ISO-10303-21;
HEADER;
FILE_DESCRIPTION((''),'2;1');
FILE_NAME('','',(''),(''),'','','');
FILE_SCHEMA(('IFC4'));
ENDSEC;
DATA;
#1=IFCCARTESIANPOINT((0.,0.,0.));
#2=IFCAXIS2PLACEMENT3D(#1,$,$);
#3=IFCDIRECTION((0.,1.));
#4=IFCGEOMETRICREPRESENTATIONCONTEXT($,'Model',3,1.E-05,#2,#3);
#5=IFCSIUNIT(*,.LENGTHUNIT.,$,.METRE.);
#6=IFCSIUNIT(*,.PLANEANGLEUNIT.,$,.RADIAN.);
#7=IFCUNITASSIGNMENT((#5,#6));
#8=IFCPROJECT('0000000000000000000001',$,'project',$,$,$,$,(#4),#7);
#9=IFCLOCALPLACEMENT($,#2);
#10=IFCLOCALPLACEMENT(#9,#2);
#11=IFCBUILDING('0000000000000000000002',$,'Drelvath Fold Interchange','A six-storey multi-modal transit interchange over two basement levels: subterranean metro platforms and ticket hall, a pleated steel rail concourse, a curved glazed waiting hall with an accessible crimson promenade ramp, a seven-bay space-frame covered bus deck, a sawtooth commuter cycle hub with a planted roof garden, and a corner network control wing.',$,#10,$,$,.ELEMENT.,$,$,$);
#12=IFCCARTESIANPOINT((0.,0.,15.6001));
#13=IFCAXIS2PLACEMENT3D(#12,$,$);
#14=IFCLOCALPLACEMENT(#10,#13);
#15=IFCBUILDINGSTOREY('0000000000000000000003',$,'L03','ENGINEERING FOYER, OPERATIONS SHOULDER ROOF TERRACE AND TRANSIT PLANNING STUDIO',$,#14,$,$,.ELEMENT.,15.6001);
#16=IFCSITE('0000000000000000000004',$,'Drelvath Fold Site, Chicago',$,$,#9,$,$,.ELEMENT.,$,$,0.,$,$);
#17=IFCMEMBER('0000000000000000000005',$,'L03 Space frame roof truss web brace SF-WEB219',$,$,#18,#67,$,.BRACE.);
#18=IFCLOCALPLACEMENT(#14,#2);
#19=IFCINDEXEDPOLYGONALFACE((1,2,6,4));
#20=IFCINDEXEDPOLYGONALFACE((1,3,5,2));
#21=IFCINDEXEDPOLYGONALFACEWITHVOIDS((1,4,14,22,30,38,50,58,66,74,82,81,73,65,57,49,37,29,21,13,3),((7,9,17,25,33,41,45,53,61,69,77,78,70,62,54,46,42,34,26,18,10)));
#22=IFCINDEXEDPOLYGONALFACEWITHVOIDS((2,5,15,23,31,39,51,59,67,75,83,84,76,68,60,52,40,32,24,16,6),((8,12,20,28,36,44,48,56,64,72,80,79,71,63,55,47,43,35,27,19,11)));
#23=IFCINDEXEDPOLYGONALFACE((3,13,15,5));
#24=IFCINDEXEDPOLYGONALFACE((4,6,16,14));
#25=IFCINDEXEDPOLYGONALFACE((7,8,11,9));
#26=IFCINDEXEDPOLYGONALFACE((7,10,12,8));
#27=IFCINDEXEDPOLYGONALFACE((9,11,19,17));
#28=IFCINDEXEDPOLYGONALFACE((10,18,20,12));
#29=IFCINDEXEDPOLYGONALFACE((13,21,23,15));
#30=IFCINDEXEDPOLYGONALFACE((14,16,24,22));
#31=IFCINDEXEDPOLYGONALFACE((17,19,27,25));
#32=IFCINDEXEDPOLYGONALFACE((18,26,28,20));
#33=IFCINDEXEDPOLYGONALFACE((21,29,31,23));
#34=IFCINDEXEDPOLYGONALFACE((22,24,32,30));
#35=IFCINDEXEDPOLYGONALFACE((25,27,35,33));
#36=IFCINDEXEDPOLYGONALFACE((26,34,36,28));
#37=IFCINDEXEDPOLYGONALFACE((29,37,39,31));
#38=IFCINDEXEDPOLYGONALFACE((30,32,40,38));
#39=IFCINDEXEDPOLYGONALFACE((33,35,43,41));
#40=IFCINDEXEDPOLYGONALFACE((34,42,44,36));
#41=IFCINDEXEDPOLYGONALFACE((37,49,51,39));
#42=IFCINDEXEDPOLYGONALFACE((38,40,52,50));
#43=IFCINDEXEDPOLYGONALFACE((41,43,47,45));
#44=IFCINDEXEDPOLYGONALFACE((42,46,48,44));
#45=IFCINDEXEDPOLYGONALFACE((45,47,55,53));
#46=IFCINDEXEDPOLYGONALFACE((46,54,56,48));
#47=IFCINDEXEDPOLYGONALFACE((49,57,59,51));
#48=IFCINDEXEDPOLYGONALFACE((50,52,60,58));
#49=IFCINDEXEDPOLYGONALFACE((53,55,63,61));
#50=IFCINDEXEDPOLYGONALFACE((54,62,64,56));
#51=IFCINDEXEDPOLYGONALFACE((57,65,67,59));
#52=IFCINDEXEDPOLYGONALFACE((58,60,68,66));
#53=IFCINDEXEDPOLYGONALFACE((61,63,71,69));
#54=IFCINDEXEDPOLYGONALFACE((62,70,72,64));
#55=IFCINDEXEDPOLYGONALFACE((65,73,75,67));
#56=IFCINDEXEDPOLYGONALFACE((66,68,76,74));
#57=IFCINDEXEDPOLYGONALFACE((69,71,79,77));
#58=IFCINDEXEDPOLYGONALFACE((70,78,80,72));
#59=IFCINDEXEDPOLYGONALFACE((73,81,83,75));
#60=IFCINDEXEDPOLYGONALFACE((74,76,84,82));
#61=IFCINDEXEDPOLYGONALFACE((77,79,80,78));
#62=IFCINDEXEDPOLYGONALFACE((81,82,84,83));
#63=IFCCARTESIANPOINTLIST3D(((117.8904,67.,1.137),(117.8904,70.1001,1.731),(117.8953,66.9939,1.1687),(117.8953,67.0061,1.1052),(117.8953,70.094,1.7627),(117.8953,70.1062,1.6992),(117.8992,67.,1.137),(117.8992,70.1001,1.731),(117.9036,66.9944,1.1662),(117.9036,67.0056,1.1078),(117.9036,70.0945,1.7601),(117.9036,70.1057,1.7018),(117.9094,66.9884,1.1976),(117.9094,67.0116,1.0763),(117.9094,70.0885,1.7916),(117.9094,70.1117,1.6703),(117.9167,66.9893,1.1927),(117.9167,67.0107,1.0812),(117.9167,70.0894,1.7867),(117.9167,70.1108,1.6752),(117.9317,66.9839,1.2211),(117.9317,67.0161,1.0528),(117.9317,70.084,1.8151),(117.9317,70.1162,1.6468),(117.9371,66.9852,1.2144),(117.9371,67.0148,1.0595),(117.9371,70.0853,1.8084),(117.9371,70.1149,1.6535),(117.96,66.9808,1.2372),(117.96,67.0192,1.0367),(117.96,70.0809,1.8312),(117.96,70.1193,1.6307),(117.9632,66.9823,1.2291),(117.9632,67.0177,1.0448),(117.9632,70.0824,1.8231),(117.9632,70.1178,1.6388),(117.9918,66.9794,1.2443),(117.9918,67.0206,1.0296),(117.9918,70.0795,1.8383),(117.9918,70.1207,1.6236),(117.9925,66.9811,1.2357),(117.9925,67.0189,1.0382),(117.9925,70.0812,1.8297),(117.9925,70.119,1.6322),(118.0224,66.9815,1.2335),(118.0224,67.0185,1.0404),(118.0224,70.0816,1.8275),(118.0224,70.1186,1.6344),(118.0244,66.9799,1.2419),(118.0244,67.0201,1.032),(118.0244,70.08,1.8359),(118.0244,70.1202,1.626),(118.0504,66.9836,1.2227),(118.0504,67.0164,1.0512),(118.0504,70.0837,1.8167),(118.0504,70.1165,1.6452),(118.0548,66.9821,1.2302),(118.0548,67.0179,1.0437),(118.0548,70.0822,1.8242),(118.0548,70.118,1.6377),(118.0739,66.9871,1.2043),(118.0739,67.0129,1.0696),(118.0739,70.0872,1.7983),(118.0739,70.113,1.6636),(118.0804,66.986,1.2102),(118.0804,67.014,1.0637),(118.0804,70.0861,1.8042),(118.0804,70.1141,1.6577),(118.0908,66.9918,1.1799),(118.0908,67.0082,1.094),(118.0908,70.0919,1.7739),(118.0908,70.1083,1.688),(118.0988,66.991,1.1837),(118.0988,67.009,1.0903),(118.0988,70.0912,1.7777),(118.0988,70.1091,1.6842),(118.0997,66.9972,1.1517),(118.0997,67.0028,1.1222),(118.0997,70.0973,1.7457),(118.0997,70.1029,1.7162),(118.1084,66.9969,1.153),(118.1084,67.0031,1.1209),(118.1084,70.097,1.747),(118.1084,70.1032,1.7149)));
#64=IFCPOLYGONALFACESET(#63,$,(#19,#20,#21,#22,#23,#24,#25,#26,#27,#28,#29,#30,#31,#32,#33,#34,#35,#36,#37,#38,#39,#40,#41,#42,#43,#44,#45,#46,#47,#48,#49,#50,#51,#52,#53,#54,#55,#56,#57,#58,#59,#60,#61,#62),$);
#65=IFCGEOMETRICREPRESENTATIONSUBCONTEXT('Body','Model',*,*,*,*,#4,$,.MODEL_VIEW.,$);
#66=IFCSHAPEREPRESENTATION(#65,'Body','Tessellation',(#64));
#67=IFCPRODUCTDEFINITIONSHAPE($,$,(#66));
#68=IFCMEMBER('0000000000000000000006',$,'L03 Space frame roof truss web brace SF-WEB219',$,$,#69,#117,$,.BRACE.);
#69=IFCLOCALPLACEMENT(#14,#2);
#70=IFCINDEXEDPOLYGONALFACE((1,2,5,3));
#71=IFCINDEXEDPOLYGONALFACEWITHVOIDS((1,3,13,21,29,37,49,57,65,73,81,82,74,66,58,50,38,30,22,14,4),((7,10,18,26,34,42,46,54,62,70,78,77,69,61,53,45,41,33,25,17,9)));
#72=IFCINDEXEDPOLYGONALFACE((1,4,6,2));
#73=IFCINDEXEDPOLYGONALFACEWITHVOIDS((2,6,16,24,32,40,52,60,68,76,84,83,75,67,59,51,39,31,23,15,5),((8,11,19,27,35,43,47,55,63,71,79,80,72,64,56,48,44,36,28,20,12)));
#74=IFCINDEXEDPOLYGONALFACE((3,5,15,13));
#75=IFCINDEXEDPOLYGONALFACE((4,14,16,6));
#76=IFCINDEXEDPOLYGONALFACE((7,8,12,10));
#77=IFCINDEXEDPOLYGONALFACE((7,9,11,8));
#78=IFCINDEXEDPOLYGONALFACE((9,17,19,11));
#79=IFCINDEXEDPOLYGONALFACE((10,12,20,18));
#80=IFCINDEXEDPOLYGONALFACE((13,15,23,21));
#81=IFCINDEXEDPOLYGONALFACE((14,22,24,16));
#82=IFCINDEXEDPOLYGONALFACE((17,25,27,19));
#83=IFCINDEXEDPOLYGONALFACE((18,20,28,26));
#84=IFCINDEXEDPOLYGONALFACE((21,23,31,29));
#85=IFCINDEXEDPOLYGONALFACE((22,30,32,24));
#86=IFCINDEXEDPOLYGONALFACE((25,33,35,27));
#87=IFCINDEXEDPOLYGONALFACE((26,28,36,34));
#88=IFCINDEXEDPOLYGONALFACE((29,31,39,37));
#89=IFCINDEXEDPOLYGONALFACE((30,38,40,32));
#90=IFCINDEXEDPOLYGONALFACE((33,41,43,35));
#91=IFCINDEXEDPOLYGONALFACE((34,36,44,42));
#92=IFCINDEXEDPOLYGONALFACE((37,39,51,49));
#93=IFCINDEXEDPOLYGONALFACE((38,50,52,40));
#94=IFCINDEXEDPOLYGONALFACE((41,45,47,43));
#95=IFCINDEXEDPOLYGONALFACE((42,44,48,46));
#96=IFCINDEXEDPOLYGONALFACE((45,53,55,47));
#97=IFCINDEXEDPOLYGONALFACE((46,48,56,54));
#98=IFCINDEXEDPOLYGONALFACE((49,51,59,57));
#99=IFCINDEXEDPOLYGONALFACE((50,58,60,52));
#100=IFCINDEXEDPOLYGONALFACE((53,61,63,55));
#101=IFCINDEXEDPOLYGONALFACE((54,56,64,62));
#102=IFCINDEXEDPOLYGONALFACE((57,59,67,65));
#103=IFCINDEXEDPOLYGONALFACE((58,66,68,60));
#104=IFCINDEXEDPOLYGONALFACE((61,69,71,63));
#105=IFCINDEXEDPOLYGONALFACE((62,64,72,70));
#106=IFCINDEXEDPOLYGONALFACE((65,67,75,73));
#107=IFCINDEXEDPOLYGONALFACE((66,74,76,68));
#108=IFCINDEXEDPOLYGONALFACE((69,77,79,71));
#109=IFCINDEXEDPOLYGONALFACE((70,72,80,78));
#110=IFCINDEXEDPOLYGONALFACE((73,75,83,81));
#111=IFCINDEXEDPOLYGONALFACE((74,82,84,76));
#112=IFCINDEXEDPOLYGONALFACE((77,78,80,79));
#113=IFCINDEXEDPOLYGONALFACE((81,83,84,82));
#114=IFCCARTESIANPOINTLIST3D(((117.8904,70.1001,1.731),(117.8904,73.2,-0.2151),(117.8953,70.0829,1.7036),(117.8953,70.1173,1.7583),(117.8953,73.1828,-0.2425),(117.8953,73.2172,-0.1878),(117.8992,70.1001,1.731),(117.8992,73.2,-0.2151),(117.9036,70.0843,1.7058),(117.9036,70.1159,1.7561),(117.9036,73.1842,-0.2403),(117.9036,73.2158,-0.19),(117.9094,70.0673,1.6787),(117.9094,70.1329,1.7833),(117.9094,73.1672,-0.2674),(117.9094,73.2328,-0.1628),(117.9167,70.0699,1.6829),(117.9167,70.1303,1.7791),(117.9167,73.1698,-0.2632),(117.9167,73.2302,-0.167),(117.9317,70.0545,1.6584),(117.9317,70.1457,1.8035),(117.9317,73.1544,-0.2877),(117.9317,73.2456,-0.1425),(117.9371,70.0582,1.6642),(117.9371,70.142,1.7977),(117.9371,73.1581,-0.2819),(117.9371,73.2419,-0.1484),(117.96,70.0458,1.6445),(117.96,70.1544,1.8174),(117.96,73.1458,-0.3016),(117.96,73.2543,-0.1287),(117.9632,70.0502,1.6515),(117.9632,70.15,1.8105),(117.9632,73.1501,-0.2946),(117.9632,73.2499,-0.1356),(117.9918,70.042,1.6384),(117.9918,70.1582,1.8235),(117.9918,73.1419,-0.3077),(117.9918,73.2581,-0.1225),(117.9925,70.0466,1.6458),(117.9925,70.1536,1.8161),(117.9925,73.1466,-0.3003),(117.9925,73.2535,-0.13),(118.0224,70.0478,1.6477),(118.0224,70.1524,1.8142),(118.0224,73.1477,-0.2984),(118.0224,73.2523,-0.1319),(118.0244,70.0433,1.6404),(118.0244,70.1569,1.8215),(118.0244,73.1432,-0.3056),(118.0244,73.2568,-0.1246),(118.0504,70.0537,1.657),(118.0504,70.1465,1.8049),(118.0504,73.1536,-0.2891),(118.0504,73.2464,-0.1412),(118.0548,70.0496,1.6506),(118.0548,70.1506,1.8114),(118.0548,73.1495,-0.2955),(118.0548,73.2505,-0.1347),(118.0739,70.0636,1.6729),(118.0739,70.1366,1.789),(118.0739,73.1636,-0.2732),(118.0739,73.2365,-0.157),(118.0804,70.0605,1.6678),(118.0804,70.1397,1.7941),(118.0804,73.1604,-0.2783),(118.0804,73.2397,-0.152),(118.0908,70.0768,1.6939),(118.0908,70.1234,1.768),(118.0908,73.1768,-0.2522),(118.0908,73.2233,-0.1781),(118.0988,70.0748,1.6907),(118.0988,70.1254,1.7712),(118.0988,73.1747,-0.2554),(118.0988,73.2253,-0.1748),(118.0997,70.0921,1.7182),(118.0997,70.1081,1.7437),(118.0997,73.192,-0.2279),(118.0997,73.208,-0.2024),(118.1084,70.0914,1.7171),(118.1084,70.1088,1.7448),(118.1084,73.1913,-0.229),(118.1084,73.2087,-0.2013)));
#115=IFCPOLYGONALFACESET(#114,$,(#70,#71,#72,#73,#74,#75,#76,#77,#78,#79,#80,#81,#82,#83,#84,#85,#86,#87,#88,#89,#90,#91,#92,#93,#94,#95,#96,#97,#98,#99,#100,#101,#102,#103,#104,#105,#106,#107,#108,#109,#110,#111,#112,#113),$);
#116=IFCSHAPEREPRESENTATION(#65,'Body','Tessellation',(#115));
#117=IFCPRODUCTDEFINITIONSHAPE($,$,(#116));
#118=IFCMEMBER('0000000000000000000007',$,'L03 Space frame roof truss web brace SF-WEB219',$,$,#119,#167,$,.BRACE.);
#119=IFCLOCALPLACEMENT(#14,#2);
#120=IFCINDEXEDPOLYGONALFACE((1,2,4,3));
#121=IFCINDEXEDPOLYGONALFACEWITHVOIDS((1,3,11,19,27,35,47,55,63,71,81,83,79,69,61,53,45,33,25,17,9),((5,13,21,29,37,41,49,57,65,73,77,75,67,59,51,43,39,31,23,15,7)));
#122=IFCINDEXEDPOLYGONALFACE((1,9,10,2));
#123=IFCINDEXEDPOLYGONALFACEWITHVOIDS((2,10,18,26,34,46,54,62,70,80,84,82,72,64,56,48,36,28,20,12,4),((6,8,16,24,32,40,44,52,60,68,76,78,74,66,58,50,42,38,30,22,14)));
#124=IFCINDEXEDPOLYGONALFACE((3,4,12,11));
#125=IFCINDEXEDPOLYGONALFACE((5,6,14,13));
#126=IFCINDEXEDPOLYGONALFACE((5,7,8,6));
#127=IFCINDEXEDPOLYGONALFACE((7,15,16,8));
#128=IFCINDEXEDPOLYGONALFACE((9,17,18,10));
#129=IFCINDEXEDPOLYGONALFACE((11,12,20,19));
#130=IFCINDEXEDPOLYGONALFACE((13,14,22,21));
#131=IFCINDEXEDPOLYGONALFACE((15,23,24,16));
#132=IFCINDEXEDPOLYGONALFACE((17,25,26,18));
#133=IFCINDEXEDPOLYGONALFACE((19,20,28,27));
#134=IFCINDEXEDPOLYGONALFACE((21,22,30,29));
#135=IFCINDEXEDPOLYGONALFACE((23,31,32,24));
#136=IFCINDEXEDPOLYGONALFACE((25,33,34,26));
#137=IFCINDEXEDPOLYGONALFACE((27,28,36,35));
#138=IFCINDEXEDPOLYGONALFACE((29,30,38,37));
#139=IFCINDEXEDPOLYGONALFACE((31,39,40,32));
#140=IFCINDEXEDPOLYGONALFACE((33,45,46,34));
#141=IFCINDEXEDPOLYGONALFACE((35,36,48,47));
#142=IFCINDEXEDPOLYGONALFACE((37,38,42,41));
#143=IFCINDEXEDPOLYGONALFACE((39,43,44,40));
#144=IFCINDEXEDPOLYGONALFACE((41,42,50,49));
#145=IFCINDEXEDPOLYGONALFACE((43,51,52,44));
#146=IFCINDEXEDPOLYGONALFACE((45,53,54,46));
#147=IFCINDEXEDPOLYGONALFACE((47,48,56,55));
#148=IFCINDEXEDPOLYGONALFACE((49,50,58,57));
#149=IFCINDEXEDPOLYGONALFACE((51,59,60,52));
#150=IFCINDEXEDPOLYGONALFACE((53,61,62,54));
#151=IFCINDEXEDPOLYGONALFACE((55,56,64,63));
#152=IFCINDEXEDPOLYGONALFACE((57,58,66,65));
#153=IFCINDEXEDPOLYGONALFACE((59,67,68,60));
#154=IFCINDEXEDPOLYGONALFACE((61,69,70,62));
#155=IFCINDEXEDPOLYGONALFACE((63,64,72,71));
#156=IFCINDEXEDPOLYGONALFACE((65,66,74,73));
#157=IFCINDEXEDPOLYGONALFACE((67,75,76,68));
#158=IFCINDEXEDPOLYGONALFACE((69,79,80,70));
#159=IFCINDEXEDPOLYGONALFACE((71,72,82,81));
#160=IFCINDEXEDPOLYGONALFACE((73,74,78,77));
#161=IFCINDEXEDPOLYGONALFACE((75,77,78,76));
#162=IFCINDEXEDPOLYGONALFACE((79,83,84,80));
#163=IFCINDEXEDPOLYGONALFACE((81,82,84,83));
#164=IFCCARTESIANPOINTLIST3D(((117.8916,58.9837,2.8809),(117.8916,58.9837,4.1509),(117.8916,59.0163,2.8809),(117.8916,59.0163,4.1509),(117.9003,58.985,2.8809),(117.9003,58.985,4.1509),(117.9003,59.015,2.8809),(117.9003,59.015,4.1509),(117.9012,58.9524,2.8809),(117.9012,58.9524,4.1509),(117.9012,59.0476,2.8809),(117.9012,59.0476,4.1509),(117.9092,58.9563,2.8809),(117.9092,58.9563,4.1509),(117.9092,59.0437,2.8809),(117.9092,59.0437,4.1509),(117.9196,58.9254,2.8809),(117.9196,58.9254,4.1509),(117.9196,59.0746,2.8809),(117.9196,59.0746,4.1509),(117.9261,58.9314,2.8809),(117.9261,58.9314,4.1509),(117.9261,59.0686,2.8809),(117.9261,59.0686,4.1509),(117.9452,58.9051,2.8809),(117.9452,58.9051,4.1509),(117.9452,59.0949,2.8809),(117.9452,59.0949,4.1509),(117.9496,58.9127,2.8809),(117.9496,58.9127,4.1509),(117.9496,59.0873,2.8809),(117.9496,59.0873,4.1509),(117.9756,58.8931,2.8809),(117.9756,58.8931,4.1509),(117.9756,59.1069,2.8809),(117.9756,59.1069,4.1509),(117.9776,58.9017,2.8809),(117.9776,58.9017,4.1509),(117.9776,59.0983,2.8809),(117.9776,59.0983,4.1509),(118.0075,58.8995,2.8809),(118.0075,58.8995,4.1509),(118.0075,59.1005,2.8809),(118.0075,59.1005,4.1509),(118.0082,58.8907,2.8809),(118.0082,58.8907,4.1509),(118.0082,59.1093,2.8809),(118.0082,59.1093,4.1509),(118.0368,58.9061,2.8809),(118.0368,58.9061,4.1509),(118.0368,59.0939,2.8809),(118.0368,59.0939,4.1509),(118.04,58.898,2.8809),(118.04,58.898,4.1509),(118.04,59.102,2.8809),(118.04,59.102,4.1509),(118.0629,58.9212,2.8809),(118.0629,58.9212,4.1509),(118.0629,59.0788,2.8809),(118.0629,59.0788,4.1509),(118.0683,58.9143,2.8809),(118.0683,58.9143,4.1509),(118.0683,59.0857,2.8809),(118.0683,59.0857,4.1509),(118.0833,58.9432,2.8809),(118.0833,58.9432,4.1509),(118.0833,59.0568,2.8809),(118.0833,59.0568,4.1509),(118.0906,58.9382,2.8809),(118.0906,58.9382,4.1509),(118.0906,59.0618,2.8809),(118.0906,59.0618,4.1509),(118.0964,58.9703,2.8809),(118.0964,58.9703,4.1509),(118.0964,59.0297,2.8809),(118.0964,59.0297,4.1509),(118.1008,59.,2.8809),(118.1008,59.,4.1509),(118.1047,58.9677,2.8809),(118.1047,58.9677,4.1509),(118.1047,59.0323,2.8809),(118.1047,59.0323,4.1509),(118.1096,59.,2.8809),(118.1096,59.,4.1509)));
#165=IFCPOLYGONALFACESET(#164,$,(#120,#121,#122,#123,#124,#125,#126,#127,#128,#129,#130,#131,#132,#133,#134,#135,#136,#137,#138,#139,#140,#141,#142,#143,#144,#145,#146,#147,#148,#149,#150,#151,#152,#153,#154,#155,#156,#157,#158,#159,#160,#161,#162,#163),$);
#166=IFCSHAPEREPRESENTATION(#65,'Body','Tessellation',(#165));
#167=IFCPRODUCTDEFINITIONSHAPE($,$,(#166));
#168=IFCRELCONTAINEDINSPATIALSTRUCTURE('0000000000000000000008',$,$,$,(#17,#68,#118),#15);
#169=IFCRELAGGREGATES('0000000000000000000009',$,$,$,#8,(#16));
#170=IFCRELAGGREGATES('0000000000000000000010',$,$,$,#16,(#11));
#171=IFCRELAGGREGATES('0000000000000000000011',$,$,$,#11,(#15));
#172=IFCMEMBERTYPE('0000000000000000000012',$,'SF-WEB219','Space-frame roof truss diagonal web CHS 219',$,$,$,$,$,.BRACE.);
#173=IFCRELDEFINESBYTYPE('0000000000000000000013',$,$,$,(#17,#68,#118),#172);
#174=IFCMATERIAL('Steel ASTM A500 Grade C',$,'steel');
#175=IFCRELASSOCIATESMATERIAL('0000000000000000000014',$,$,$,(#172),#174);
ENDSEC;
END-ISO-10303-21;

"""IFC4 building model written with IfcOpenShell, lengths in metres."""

from ifc_helpers import new_model, si_unit, direction, frame, origin, origin_2d, place, context, subcontext, project, spatial, hollow_circle, extrude, material, material_profile, profile_set, type_object, element, save


model = new_model("IFC4")

# Units and contexts
model_context = context("Model", 3, precision=1e-05, world=origin(), true_north=direction((0.0, 1.0)))
body_context = subcontext(model_context, "Body", "Model", "MODEL_VIEW")
ifc_project = project(units=[si_unit("LENGTHUNIT", "METRE"), si_unit("PLANEANGLEUNIT", "RADIAN")], contexts=[model_context])

# Site, building, storey
site_placement = place(None, origin())
site = spatial("IfcSite", under=ifc_project, at=site_placement, Name="Drelvath Fold Site, Chicago", CompositionType="ELEMENT", RefElevation=0.0)
building_placement = place(site_placement, origin())
building = spatial("IfcBuilding", under=site, at=building_placement, Name="Drelvath Fold Interchange", Description="A six-storey multi-modal transit interchange over two basement levels: subterranean metro platforms and ticket hall, a pleated steel rail concourse, a curved glazed waiting hall with an accessible crimson promenade ramp, a seven-bay space-frame covered bus deck, a sawtooth commuter cycle hub with a planted roof garden, and a corner network control wing.", CompositionType="ELEMENT")
storey_placement = place(building_placement, frame((0.0, 0.0, 15.6001)))
storey = spatial("IfcBuildingStorey", under=building, at=storey_placement, Name="L03", Description="ENGINEERING FOYER, OPERATIONS SHOULDER ROOF TERRACE AND TRANSIT PLANNING STUDIO", CompositionType="ELEMENT", Elevation=15.6001)

# Shared definitions
ifc_material_1 = material(Name="Steel ASTM A500 Grade C", Category="steel")

# Members
ifc_material_profile_1 = material_profile(ifc_material_1, hollow_circle(Radius=0.1096, WallThickness=0.0088, at=origin_2d()), Name="HSS8.625X0.375")
ifc_profile_set_1 = profile_set([ifc_material_profile_1], Name="Steel ASTM A500 Grade C")
member_type_1 = type_object("IfcMemberType", Name="SF-WEB219", Description="Space-frame roof truss diagonal web CHS 219", PredefinedType="BRACE", material=ifc_profile_set_1)
member_1_placement = place(storey_placement, frame((118.0, 67.0, 1.137), z_axis=(0.0, 0.982134, 0.188182), x_axis=(-1.0, 0.0, 0.0)))
element("IfcMember", 1, at=member_1_placement, inside=storey, type_object=member_type_1, Name="L03 Space frame roof truss web brace SF-WEB219", PredefinedType="BRACE", context=body_context, shape_type="SweptSolid", body=[
    extrude(hollow_circle(Radius=0.1096, WallThickness=0.0088, at=origin_2d()), origin(), (0.0, 0.0, 1.0), 3.1565),
])
member_2_placement = place(storey_placement, frame((118.0, 70.1001, 1.731), z_axis=(0.0, 0.846936, -0.531695), x_axis=(-1.0, 0.0, 0.0)))
element("IfcMember", 2, at=member_2_placement, inside=storey, type_object=member_type_1, Name="L03 Space frame roof truss web brace SF-WEB219", PredefinedType="BRACE", context=body_context, shape_type="SweptSolid", body=[
    extrude(hollow_circle(Radius=0.1096, WallThickness=0.0088, at=origin_2d()), origin(), (0.0, 0.0, 1.0), 3.6602),
])
for number, where, z_axis, x_axis, name in (
    (3, (118.0, 59.0, 2.8809), (0.0, 0.0, 1.0), (1.0, 0.0, 0.0), "L03 Space frame roof truss web brace SF-WEB219"),
):
    element("IfcMember", number, at=place(storey_placement, frame(where, z_axis=z_axis, x_axis=x_axis)), inside=storey, type_object=member_type_1, Name=name, PredefinedType="BRACE", context=body_context, shape_type="SweptSolid", body=[
        extrude(hollow_circle(Radius=0.1096, WallThickness=0.0088, at=origin_2d()), origin(), (0.0, 0.0, 1.0), 1.27),
    ])

save(model, "model.ifc")
